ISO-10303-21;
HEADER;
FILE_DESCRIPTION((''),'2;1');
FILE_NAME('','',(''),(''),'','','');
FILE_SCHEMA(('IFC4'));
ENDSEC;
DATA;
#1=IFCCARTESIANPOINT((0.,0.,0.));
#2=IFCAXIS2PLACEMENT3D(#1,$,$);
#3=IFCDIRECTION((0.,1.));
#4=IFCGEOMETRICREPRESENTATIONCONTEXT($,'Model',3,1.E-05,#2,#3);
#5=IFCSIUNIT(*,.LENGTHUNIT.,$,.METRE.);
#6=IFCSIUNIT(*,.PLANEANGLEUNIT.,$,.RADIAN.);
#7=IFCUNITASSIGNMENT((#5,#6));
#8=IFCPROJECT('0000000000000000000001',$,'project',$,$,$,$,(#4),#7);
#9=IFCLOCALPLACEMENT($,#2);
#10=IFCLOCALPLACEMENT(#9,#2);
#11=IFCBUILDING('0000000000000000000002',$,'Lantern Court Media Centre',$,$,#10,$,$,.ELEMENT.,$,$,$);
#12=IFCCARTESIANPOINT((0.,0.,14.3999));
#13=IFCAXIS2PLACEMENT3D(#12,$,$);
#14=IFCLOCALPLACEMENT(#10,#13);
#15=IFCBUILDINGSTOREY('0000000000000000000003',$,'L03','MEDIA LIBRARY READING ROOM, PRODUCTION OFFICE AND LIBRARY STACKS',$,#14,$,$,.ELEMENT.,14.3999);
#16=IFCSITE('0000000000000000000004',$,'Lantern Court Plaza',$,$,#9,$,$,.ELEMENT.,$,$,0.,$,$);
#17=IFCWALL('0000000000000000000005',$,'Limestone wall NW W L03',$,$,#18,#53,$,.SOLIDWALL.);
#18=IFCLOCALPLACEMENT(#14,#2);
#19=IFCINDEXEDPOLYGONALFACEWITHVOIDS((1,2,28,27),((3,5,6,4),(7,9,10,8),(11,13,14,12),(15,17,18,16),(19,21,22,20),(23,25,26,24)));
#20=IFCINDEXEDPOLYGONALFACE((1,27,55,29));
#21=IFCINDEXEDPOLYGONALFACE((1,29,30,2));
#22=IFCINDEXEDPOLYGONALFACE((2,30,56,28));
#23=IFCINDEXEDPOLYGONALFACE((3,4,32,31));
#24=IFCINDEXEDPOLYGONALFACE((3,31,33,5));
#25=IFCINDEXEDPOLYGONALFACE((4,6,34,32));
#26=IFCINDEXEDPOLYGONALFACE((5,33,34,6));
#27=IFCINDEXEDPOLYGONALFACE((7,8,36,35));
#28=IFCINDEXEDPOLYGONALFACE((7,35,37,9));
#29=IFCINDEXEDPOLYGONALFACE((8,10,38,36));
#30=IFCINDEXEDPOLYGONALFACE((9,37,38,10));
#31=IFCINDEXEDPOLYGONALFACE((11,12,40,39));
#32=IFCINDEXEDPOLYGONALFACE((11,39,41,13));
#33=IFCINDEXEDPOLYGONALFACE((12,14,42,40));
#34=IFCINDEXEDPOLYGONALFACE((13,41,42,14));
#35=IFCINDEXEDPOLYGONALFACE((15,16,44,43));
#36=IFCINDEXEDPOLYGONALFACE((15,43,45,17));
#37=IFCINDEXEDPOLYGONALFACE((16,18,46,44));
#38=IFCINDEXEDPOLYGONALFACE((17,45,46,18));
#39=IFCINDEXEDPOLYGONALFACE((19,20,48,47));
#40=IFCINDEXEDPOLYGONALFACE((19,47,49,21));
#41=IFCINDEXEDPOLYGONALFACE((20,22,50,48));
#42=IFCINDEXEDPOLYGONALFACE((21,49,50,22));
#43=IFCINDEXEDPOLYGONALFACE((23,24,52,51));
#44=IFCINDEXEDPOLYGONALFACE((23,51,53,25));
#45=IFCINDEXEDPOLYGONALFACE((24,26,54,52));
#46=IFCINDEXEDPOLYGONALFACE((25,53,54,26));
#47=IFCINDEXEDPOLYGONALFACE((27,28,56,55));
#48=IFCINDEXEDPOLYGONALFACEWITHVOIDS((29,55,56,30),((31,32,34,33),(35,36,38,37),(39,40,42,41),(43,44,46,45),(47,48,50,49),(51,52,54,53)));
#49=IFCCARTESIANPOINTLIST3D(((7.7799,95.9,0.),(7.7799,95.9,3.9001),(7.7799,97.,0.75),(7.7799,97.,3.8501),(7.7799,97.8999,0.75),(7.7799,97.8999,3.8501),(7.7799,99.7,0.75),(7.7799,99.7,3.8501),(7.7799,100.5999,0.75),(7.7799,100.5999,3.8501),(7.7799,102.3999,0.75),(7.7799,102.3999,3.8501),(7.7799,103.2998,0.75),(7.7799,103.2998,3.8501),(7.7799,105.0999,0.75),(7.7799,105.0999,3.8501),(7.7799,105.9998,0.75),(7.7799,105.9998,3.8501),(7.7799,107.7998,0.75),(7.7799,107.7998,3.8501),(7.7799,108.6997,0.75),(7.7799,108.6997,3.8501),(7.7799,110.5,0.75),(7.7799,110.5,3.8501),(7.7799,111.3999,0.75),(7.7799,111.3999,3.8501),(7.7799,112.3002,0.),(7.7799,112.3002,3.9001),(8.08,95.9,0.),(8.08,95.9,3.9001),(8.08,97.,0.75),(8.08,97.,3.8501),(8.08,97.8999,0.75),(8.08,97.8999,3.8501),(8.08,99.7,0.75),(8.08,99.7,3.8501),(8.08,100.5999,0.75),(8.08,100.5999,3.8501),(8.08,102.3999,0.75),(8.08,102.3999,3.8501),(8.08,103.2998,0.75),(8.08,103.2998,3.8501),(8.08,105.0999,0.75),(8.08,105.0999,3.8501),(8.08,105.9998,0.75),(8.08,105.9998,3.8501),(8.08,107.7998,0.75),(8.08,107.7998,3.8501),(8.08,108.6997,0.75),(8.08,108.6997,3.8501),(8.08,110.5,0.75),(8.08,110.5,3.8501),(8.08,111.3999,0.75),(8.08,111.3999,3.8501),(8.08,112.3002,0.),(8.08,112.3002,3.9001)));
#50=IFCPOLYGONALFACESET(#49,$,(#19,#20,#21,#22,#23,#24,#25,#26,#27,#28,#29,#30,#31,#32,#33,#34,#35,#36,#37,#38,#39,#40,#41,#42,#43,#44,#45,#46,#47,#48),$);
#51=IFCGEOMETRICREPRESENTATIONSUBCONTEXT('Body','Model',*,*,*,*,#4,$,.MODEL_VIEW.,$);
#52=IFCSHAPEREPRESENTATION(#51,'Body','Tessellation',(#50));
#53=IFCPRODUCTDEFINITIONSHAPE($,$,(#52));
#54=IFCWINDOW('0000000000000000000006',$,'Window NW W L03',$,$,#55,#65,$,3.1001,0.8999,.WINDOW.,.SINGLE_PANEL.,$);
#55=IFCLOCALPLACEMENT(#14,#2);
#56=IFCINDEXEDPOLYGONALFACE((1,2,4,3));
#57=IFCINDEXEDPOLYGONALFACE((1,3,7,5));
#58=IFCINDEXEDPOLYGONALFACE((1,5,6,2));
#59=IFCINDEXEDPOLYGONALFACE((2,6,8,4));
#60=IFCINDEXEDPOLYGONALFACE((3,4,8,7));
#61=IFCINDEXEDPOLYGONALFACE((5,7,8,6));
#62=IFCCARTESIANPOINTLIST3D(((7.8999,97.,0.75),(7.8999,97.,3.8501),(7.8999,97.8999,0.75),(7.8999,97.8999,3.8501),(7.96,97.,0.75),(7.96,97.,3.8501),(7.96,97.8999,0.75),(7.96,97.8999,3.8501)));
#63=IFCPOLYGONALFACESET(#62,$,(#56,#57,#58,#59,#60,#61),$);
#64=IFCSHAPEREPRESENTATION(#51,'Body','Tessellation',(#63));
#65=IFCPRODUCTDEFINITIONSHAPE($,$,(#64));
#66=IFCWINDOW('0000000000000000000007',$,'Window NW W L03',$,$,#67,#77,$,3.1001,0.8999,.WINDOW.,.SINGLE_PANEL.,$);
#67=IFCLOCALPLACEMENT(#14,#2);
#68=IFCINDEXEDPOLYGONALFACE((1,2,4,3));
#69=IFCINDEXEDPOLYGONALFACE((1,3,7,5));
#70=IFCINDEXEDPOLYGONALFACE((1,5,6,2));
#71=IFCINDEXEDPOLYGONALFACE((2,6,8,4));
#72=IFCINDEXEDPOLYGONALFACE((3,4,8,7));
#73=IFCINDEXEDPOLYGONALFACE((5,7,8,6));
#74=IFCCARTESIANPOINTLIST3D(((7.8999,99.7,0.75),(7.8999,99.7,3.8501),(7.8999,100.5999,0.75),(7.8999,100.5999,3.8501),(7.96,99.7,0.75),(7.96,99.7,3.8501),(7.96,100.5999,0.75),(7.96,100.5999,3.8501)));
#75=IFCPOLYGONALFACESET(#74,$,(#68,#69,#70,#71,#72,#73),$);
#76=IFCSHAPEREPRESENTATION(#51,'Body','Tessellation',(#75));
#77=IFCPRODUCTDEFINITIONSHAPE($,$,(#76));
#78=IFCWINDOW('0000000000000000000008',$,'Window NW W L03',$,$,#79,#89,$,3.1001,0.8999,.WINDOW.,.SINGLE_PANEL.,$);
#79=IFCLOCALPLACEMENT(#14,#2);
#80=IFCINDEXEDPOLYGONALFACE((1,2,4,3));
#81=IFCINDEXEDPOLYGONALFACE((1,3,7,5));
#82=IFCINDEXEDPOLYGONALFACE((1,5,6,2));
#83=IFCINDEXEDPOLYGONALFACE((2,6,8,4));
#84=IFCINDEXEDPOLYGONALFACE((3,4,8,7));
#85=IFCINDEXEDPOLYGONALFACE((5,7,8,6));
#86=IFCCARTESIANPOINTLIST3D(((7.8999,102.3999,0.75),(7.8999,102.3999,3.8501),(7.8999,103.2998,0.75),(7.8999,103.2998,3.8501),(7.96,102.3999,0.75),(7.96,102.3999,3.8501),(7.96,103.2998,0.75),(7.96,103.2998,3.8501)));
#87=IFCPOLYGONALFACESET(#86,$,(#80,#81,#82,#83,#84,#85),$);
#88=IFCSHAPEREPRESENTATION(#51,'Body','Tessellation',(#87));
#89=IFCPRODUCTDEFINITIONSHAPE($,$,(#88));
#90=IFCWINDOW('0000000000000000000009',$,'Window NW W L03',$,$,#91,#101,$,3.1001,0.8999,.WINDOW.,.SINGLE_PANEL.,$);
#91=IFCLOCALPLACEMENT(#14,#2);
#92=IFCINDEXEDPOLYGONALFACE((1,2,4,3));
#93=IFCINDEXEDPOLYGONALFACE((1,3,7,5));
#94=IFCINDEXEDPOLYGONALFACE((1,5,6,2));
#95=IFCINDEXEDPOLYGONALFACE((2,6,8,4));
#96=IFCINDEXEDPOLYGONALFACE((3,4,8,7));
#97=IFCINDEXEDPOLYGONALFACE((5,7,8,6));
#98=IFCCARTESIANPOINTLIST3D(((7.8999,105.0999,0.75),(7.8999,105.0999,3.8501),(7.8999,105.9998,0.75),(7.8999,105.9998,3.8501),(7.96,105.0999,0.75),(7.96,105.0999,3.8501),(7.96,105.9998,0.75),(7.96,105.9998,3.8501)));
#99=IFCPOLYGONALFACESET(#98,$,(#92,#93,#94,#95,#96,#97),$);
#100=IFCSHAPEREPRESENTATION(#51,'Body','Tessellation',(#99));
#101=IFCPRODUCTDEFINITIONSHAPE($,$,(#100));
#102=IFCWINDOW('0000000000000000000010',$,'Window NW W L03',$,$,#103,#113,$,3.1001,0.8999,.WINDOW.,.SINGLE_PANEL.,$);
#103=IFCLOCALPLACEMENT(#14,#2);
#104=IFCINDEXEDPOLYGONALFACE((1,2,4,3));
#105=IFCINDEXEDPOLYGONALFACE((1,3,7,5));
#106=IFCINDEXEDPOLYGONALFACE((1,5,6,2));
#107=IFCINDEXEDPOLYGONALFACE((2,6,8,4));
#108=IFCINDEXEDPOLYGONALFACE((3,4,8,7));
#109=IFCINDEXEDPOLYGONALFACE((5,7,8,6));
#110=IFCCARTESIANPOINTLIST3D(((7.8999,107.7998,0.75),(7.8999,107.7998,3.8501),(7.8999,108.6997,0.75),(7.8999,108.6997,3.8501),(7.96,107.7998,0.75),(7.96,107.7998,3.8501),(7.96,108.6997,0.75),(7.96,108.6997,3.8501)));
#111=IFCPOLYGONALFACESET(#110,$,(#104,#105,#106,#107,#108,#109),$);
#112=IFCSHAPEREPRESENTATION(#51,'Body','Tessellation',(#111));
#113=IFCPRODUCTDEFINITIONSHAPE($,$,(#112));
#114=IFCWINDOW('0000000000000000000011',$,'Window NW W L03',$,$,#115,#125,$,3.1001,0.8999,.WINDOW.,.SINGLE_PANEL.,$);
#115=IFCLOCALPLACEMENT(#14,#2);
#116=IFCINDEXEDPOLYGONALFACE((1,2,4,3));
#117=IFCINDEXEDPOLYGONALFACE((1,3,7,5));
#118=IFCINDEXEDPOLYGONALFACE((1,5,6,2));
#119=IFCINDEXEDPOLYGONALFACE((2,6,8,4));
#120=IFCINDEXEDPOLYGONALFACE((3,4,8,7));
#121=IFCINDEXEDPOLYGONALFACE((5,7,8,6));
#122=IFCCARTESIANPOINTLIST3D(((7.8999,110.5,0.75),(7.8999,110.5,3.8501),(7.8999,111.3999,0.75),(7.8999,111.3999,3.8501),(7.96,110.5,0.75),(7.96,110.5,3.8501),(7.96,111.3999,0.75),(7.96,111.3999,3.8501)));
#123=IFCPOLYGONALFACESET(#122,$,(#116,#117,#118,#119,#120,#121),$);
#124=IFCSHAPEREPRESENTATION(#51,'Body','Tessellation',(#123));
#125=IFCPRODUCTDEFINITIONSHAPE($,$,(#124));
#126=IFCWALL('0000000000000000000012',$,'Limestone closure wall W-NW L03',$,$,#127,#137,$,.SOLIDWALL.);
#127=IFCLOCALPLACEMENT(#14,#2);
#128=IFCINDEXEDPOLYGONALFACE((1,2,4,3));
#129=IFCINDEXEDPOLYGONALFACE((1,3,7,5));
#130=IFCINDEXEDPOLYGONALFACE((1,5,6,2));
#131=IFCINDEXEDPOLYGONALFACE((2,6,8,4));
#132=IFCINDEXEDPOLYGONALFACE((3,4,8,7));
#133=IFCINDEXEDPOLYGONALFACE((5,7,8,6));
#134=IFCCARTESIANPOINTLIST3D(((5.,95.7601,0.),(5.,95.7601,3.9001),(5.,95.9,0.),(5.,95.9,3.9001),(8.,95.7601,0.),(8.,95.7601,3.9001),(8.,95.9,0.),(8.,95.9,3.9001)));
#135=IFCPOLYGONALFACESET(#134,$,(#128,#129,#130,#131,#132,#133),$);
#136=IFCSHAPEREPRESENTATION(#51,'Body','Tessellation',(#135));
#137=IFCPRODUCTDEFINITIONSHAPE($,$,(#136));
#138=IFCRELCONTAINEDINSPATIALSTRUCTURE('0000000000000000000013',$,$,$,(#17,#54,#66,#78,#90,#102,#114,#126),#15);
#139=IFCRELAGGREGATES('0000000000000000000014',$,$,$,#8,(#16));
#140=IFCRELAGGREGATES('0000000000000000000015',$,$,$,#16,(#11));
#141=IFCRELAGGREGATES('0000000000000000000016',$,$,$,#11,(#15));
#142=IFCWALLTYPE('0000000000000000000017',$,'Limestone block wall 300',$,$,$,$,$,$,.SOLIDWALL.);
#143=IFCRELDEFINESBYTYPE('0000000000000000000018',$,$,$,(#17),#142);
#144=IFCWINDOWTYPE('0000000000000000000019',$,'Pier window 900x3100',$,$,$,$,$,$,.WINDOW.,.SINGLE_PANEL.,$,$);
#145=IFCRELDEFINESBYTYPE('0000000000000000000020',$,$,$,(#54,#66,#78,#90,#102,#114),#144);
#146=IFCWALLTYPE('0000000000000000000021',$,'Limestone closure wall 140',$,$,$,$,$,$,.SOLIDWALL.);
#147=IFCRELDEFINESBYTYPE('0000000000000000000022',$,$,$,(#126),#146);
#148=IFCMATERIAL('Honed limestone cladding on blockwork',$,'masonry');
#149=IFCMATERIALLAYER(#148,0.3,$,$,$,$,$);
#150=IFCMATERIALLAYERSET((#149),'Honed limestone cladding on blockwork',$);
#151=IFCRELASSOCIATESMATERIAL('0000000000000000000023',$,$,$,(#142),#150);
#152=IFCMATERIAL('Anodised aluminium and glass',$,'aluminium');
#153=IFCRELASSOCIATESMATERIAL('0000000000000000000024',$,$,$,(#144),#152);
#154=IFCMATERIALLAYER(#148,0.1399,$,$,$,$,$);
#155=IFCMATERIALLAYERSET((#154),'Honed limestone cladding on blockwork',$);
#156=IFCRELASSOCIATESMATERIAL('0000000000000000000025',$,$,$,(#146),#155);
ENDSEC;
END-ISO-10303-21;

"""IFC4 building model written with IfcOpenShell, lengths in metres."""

from ifc_helpers import new_model, si_unit, direction, frame, frame_2d, origin, place, context, subcontext, project, spatial, rectangle, extrude, material, layer, layer_set, type_object, element, fill, save


model = new_model("IFC4")

# Units and contexts
model_context = context("Model", 3, precision=1e-05, world=origin(), true_north=direction((0.0, 1.0)))
body_context = subcontext(model_context, "Body", "Model", "MODEL_VIEW")
ifc_project = project(units=[si_unit("LENGTHUNIT", "METRE"), si_unit("PLANEANGLEUNIT", "RADIAN")], contexts=[model_context])

# Site, building, storey
site_placement = place(None, origin())
site = spatial("IfcSite", under=ifc_project, at=site_placement, Name="Lantern Court Plaza", CompositionType="ELEMENT", RefElevation=0.0)
building_placement = place(site_placement, origin())
building = spatial("IfcBuilding", under=site, at=building_placement, Name="Lantern Court Media Centre", CompositionType="ELEMENT")
storey_placement = place(building_placement, frame((0.0, 0.0, 14.3999)))
storey = spatial("IfcBuildingStorey", under=building, at=storey_placement, Name="L03", Description="MEDIA LIBRARY READING ROOM, PRODUCTION OFFICE AND LIBRARY STACKS", CompositionType="ELEMENT", Elevation=14.3999)

# Wall, openings, windows
ifc_material_1 = material(Name="Honed limestone cladding on blockwork", Category="masonry")
ifc_layer_1 = layer(ifc_material_1, 0.3)
ifc_layer_set_1 = layer_set([ifc_layer_1], Name="Honed limestone cladding on blockwork")
wall_type_1 = type_object("IfcWallType", Name="Limestone block wall 300", PredefinedType="SOLIDWALL", material=ifc_layer_set_1)
wall_1_placement = place(storey_placement, frame((7.9299, 95.8999, 0.0), z_axis=(0.0, 0.0, 1.0), x_axis=(0.0, 1.0, 0.0)))
wall_1 = element("IfcWall", 1, at=wall_1_placement, inside=storey, type_object=wall_type_1, Name="Limestone wall NW W L03", PredefinedType="SOLIDWALL", context=body_context, shape_type="SweptSolid", body=[
    extrude(rectangle(XDim=16.4001, YDim=0.3, at=frame_2d((8.2002, 0.0))), origin(), (0.0, 0.0, 1.0), 3.9001),
])
opening_1_placement = place(wall_1_placement, frame((1.1001, 0.0, 0.75)))
opening_1 = element("IfcOpeningElement", 2, at=opening_1_placement, cuts=wall_1, PredefinedType="OPENING", context=body_context, shape_type="SweptSolid", body=[
    extrude(rectangle(XDim=0.8999, YDim=3.1001, at=frame_2d((0.45, 1.55))), frame((0.0, 0.1599, 0.0), z_axis=(0.0, -1.0, 0.0), x_axis=(1.0, 0.0, 0.0)), (0.0, 0.0, 1.0), 0.3201),
])
opening_2_placement = place(wall_1_placement, frame((3.8, 0.0, 0.75)))
opening_2 = element("IfcOpeningElement", 3, at=opening_2_placement, cuts=wall_1, PredefinedType="OPENING", context=body_context, shape_type="SweptSolid", body=[
    extrude(rectangle(XDim=0.8999, YDim=3.1001, at=frame_2d((0.45, 1.55))), frame((0.0, 0.1599, 0.0), z_axis=(0.0, -1.0, 0.0), x_axis=(1.0, 0.0, 0.0)), (0.0, 0.0, 1.0), 0.3201),
])
opening_3_placement = place(wall_1_placement, frame((6.5, 0.0, 0.75)))
opening_3 = element("IfcOpeningElement", 4, at=opening_3_placement, cuts=wall_1, PredefinedType="OPENING", context=body_context, shape_type="SweptSolid", body=[
    extrude(rectangle(XDim=0.8999, YDim=3.1001, at=frame_2d((0.45, 1.55))), frame((0.0, 0.1599, 0.0), z_axis=(0.0, -1.0, 0.0), x_axis=(1.0, 0.0, 0.0)), (0.0, 0.0, 1.0), 0.3201),
])
opening_4_placement = place(wall_1_placement, frame((9.2, 0.0, 0.75)))
opening_4 = element("IfcOpeningElement", 5, at=opening_4_placement, cuts=wall_1, PredefinedType="OPENING", context=body_context, shape_type="SweptSolid", body=[
    extrude(rectangle(XDim=0.8999, YDim=3.1001, at=frame_2d((0.45, 1.55))), frame((0.0, 0.1599, 0.0), z_axis=(0.0, -1.0, 0.0), x_axis=(1.0, 0.0, 0.0)), (0.0, 0.0, 1.0), 0.3201),
])
opening_5_placement = place(wall_1_placement, frame((11.8999, 0.0, 0.75)))
opening_5 = element("IfcOpeningElement", 6, at=opening_5_placement, cuts=wall_1, PredefinedType="OPENING", context=body_context, shape_type="SweptSolid", body=[
    extrude(rectangle(XDim=0.8999, YDim=3.1001, at=frame_2d((0.45, 1.55))), frame((0.0, 0.1599, 0.0), z_axis=(0.0, -1.0, 0.0), x_axis=(1.0, 0.0, 0.0)), (0.0, 0.0, 1.0), 0.3201),
])
opening_6_placement = place(wall_1_placement, frame((14.6001, 0.0, 0.75)))
opening_6 = element("IfcOpeningElement", 7, at=opening_6_placement, cuts=wall_1, PredefinedType="OPENING", context=body_context, shape_type="SweptSolid", body=[
    extrude(rectangle(XDim=0.8999, YDim=3.1001, at=frame_2d((0.45, 1.55))), frame((0.0, 0.1599, 0.0), z_axis=(0.0, -1.0, 0.0), x_axis=(1.0, 0.0, 0.0)), (0.0, 0.0, 1.0), 0.3201),
])
ifc_material_2 = material(Name="Anodised aluminium and glass", Category="aluminium")
window_type = type_object("IfcWindowType", Name="Pier window 900x3100", PartitioningType="SINGLE_PANEL", PredefinedType="WINDOW", material=ifc_material_2)
window_1_placement = place(opening_1_placement, origin())
window_1 = element("IfcWindow", 8, at=window_1_placement, inside=storey, type_object=window_type, Name="Window NW W L03", OverallHeight=3.1001, OverallWidth=0.8999, PartitioningType="SINGLE_PANEL", PredefinedType="WINDOW", context=body_context, shape_type="SweptSolid", body=[
    extrude(rectangle(XDim=0.8999, YDim=3.1001, at=frame_2d((0.45, 1.55))), frame((0.0, 0.03, 0.0), z_axis=(0.0, -1.0, 0.0), x_axis=(1.0, 0.0, 0.0)), (0.0, 0.0, 1.0), 0.0601),
])
fill(opening_1, window_1)
window_2_placement = place(opening_2_placement, origin())
window_2 = element("IfcWindow", 9, at=window_2_placement, inside=storey, type_object=window_type, Name="Window NW W L03", OverallHeight=3.1001, OverallWidth=0.8999, PartitioningType="SINGLE_PANEL", PredefinedType="WINDOW", context=body_context, shape_type="SweptSolid", body=[
    extrude(rectangle(XDim=0.8999, YDim=3.1001, at=frame_2d((0.45, 1.55))), frame((0.0, 0.03, 0.0), z_axis=(0.0, -1.0, 0.0), x_axis=(1.0, 0.0, 0.0)), (0.0, 0.0, 1.0), 0.0601),
])
fill(opening_2, window_2)
window_3_placement = place(opening_3_placement, origin())
window_3 = element("IfcWindow", 10, at=window_3_placement, inside=storey, type_object=window_type, Name="Window NW W L03", OverallHeight=3.1001, OverallWidth=0.8999, PartitioningType="SINGLE_PANEL", PredefinedType="WINDOW", context=body_context, shape_type="SweptSolid", body=[
    extrude(rectangle(XDim=0.8999, YDim=3.1001, at=frame_2d((0.45, 1.55))), frame((0.0, 0.03, 0.0), z_axis=(0.0, -1.0, 0.0), x_axis=(1.0, 0.0, 0.0)), (0.0, 0.0, 1.0), 0.0601),
])
fill(opening_3, window_3)
window_4_placement = place(opening_4_placement, origin())
window_4 = element("IfcWindow", 11, at=window_4_placement, inside=storey, type_object=window_type, Name="Window NW W L03", OverallHeight=3.1001, OverallWidth=0.8999, PartitioningType="SINGLE_PANEL", PredefinedType="WINDOW", context=body_context, shape_type="SweptSolid", body=[
    extrude(rectangle(XDim=0.8999, YDim=3.1001, at=frame_2d((0.45, 1.55))), frame((0.0, 0.03, 0.0), z_axis=(0.0, -1.0, 0.0), x_axis=(1.0, 0.0, 0.0)), (0.0, 0.0, 1.0), 0.0601),
])
fill(opening_4, window_4)
window_5_placement = place(opening_5_placement, origin())
window_5 = element("IfcWindow", 12, at=window_5_placement, inside=storey, type_object=window_type, Name="Window NW W L03", OverallHeight=3.1001, OverallWidth=0.8999, PartitioningType="SINGLE_PANEL", PredefinedType="WINDOW", context=body_context, shape_type="SweptSolid", body=[
    extrude(rectangle(XDim=0.8999, YDim=3.1001, at=frame_2d((0.45, 1.55))), frame((0.0, 0.03, 0.0), z_axis=(0.0, -1.0, 0.0), x_axis=(1.0, 0.0, 0.0)), (0.0, 0.0, 1.0), 0.0601),
])
fill(opening_5, window_5)
window_6_placement = place(opening_6_placement, origin())
window_6 = element("IfcWindow", 13, at=window_6_placement, inside=storey, type_object=window_type, Name="Window NW W L03", OverallHeight=3.1001, OverallWidth=0.8999, PartitioningType="SINGLE_PANEL", PredefinedType="WINDOW", context=body_context, shape_type="SweptSolid", body=[
    extrude(rectangle(XDim=0.8999, YDim=3.1001, at=frame_2d((0.45, 1.55))), frame((0.0, 0.03, 0.0), z_axis=(0.0, -1.0, 0.0), x_axis=(1.0, 0.0, 0.0)), (0.0, 0.0, 1.0), 0.0601),
])
fill(opening_6, window_6)

# Wall
ifc_layer_2 = layer(ifc_material_1, 0.1399)
ifc_layer_set_2 = layer_set([ifc_layer_2], Name="Honed limestone cladding on blockwork")
wall_type_2 = type_object("IfcWallType", Name="Limestone closure wall 140", PredefinedType="SOLIDWALL", material=ifc_layer_set_2)
wall_2_placement = place(storey_placement, frame((5.0, 95.8301, 0.0), z_axis=(0.0, 0.0, 1.0), x_axis=(1.0, 0.0, 0.0)))
element("IfcWall", 14, at=wall_2_placement, inside=storey, type_object=wall_type_2, Name="Limestone closure wall W-NW L03", PredefinedType="SOLIDWALL", context=body_context, shape_type="SweptSolid", body=[
    extrude(rectangle(XDim=3.0, YDim=0.1399, at=frame_2d((1.5, 0.0))), origin(), (0.0, 0.0, 1.0), 3.9001),
])

save(model, "model.ifc")
